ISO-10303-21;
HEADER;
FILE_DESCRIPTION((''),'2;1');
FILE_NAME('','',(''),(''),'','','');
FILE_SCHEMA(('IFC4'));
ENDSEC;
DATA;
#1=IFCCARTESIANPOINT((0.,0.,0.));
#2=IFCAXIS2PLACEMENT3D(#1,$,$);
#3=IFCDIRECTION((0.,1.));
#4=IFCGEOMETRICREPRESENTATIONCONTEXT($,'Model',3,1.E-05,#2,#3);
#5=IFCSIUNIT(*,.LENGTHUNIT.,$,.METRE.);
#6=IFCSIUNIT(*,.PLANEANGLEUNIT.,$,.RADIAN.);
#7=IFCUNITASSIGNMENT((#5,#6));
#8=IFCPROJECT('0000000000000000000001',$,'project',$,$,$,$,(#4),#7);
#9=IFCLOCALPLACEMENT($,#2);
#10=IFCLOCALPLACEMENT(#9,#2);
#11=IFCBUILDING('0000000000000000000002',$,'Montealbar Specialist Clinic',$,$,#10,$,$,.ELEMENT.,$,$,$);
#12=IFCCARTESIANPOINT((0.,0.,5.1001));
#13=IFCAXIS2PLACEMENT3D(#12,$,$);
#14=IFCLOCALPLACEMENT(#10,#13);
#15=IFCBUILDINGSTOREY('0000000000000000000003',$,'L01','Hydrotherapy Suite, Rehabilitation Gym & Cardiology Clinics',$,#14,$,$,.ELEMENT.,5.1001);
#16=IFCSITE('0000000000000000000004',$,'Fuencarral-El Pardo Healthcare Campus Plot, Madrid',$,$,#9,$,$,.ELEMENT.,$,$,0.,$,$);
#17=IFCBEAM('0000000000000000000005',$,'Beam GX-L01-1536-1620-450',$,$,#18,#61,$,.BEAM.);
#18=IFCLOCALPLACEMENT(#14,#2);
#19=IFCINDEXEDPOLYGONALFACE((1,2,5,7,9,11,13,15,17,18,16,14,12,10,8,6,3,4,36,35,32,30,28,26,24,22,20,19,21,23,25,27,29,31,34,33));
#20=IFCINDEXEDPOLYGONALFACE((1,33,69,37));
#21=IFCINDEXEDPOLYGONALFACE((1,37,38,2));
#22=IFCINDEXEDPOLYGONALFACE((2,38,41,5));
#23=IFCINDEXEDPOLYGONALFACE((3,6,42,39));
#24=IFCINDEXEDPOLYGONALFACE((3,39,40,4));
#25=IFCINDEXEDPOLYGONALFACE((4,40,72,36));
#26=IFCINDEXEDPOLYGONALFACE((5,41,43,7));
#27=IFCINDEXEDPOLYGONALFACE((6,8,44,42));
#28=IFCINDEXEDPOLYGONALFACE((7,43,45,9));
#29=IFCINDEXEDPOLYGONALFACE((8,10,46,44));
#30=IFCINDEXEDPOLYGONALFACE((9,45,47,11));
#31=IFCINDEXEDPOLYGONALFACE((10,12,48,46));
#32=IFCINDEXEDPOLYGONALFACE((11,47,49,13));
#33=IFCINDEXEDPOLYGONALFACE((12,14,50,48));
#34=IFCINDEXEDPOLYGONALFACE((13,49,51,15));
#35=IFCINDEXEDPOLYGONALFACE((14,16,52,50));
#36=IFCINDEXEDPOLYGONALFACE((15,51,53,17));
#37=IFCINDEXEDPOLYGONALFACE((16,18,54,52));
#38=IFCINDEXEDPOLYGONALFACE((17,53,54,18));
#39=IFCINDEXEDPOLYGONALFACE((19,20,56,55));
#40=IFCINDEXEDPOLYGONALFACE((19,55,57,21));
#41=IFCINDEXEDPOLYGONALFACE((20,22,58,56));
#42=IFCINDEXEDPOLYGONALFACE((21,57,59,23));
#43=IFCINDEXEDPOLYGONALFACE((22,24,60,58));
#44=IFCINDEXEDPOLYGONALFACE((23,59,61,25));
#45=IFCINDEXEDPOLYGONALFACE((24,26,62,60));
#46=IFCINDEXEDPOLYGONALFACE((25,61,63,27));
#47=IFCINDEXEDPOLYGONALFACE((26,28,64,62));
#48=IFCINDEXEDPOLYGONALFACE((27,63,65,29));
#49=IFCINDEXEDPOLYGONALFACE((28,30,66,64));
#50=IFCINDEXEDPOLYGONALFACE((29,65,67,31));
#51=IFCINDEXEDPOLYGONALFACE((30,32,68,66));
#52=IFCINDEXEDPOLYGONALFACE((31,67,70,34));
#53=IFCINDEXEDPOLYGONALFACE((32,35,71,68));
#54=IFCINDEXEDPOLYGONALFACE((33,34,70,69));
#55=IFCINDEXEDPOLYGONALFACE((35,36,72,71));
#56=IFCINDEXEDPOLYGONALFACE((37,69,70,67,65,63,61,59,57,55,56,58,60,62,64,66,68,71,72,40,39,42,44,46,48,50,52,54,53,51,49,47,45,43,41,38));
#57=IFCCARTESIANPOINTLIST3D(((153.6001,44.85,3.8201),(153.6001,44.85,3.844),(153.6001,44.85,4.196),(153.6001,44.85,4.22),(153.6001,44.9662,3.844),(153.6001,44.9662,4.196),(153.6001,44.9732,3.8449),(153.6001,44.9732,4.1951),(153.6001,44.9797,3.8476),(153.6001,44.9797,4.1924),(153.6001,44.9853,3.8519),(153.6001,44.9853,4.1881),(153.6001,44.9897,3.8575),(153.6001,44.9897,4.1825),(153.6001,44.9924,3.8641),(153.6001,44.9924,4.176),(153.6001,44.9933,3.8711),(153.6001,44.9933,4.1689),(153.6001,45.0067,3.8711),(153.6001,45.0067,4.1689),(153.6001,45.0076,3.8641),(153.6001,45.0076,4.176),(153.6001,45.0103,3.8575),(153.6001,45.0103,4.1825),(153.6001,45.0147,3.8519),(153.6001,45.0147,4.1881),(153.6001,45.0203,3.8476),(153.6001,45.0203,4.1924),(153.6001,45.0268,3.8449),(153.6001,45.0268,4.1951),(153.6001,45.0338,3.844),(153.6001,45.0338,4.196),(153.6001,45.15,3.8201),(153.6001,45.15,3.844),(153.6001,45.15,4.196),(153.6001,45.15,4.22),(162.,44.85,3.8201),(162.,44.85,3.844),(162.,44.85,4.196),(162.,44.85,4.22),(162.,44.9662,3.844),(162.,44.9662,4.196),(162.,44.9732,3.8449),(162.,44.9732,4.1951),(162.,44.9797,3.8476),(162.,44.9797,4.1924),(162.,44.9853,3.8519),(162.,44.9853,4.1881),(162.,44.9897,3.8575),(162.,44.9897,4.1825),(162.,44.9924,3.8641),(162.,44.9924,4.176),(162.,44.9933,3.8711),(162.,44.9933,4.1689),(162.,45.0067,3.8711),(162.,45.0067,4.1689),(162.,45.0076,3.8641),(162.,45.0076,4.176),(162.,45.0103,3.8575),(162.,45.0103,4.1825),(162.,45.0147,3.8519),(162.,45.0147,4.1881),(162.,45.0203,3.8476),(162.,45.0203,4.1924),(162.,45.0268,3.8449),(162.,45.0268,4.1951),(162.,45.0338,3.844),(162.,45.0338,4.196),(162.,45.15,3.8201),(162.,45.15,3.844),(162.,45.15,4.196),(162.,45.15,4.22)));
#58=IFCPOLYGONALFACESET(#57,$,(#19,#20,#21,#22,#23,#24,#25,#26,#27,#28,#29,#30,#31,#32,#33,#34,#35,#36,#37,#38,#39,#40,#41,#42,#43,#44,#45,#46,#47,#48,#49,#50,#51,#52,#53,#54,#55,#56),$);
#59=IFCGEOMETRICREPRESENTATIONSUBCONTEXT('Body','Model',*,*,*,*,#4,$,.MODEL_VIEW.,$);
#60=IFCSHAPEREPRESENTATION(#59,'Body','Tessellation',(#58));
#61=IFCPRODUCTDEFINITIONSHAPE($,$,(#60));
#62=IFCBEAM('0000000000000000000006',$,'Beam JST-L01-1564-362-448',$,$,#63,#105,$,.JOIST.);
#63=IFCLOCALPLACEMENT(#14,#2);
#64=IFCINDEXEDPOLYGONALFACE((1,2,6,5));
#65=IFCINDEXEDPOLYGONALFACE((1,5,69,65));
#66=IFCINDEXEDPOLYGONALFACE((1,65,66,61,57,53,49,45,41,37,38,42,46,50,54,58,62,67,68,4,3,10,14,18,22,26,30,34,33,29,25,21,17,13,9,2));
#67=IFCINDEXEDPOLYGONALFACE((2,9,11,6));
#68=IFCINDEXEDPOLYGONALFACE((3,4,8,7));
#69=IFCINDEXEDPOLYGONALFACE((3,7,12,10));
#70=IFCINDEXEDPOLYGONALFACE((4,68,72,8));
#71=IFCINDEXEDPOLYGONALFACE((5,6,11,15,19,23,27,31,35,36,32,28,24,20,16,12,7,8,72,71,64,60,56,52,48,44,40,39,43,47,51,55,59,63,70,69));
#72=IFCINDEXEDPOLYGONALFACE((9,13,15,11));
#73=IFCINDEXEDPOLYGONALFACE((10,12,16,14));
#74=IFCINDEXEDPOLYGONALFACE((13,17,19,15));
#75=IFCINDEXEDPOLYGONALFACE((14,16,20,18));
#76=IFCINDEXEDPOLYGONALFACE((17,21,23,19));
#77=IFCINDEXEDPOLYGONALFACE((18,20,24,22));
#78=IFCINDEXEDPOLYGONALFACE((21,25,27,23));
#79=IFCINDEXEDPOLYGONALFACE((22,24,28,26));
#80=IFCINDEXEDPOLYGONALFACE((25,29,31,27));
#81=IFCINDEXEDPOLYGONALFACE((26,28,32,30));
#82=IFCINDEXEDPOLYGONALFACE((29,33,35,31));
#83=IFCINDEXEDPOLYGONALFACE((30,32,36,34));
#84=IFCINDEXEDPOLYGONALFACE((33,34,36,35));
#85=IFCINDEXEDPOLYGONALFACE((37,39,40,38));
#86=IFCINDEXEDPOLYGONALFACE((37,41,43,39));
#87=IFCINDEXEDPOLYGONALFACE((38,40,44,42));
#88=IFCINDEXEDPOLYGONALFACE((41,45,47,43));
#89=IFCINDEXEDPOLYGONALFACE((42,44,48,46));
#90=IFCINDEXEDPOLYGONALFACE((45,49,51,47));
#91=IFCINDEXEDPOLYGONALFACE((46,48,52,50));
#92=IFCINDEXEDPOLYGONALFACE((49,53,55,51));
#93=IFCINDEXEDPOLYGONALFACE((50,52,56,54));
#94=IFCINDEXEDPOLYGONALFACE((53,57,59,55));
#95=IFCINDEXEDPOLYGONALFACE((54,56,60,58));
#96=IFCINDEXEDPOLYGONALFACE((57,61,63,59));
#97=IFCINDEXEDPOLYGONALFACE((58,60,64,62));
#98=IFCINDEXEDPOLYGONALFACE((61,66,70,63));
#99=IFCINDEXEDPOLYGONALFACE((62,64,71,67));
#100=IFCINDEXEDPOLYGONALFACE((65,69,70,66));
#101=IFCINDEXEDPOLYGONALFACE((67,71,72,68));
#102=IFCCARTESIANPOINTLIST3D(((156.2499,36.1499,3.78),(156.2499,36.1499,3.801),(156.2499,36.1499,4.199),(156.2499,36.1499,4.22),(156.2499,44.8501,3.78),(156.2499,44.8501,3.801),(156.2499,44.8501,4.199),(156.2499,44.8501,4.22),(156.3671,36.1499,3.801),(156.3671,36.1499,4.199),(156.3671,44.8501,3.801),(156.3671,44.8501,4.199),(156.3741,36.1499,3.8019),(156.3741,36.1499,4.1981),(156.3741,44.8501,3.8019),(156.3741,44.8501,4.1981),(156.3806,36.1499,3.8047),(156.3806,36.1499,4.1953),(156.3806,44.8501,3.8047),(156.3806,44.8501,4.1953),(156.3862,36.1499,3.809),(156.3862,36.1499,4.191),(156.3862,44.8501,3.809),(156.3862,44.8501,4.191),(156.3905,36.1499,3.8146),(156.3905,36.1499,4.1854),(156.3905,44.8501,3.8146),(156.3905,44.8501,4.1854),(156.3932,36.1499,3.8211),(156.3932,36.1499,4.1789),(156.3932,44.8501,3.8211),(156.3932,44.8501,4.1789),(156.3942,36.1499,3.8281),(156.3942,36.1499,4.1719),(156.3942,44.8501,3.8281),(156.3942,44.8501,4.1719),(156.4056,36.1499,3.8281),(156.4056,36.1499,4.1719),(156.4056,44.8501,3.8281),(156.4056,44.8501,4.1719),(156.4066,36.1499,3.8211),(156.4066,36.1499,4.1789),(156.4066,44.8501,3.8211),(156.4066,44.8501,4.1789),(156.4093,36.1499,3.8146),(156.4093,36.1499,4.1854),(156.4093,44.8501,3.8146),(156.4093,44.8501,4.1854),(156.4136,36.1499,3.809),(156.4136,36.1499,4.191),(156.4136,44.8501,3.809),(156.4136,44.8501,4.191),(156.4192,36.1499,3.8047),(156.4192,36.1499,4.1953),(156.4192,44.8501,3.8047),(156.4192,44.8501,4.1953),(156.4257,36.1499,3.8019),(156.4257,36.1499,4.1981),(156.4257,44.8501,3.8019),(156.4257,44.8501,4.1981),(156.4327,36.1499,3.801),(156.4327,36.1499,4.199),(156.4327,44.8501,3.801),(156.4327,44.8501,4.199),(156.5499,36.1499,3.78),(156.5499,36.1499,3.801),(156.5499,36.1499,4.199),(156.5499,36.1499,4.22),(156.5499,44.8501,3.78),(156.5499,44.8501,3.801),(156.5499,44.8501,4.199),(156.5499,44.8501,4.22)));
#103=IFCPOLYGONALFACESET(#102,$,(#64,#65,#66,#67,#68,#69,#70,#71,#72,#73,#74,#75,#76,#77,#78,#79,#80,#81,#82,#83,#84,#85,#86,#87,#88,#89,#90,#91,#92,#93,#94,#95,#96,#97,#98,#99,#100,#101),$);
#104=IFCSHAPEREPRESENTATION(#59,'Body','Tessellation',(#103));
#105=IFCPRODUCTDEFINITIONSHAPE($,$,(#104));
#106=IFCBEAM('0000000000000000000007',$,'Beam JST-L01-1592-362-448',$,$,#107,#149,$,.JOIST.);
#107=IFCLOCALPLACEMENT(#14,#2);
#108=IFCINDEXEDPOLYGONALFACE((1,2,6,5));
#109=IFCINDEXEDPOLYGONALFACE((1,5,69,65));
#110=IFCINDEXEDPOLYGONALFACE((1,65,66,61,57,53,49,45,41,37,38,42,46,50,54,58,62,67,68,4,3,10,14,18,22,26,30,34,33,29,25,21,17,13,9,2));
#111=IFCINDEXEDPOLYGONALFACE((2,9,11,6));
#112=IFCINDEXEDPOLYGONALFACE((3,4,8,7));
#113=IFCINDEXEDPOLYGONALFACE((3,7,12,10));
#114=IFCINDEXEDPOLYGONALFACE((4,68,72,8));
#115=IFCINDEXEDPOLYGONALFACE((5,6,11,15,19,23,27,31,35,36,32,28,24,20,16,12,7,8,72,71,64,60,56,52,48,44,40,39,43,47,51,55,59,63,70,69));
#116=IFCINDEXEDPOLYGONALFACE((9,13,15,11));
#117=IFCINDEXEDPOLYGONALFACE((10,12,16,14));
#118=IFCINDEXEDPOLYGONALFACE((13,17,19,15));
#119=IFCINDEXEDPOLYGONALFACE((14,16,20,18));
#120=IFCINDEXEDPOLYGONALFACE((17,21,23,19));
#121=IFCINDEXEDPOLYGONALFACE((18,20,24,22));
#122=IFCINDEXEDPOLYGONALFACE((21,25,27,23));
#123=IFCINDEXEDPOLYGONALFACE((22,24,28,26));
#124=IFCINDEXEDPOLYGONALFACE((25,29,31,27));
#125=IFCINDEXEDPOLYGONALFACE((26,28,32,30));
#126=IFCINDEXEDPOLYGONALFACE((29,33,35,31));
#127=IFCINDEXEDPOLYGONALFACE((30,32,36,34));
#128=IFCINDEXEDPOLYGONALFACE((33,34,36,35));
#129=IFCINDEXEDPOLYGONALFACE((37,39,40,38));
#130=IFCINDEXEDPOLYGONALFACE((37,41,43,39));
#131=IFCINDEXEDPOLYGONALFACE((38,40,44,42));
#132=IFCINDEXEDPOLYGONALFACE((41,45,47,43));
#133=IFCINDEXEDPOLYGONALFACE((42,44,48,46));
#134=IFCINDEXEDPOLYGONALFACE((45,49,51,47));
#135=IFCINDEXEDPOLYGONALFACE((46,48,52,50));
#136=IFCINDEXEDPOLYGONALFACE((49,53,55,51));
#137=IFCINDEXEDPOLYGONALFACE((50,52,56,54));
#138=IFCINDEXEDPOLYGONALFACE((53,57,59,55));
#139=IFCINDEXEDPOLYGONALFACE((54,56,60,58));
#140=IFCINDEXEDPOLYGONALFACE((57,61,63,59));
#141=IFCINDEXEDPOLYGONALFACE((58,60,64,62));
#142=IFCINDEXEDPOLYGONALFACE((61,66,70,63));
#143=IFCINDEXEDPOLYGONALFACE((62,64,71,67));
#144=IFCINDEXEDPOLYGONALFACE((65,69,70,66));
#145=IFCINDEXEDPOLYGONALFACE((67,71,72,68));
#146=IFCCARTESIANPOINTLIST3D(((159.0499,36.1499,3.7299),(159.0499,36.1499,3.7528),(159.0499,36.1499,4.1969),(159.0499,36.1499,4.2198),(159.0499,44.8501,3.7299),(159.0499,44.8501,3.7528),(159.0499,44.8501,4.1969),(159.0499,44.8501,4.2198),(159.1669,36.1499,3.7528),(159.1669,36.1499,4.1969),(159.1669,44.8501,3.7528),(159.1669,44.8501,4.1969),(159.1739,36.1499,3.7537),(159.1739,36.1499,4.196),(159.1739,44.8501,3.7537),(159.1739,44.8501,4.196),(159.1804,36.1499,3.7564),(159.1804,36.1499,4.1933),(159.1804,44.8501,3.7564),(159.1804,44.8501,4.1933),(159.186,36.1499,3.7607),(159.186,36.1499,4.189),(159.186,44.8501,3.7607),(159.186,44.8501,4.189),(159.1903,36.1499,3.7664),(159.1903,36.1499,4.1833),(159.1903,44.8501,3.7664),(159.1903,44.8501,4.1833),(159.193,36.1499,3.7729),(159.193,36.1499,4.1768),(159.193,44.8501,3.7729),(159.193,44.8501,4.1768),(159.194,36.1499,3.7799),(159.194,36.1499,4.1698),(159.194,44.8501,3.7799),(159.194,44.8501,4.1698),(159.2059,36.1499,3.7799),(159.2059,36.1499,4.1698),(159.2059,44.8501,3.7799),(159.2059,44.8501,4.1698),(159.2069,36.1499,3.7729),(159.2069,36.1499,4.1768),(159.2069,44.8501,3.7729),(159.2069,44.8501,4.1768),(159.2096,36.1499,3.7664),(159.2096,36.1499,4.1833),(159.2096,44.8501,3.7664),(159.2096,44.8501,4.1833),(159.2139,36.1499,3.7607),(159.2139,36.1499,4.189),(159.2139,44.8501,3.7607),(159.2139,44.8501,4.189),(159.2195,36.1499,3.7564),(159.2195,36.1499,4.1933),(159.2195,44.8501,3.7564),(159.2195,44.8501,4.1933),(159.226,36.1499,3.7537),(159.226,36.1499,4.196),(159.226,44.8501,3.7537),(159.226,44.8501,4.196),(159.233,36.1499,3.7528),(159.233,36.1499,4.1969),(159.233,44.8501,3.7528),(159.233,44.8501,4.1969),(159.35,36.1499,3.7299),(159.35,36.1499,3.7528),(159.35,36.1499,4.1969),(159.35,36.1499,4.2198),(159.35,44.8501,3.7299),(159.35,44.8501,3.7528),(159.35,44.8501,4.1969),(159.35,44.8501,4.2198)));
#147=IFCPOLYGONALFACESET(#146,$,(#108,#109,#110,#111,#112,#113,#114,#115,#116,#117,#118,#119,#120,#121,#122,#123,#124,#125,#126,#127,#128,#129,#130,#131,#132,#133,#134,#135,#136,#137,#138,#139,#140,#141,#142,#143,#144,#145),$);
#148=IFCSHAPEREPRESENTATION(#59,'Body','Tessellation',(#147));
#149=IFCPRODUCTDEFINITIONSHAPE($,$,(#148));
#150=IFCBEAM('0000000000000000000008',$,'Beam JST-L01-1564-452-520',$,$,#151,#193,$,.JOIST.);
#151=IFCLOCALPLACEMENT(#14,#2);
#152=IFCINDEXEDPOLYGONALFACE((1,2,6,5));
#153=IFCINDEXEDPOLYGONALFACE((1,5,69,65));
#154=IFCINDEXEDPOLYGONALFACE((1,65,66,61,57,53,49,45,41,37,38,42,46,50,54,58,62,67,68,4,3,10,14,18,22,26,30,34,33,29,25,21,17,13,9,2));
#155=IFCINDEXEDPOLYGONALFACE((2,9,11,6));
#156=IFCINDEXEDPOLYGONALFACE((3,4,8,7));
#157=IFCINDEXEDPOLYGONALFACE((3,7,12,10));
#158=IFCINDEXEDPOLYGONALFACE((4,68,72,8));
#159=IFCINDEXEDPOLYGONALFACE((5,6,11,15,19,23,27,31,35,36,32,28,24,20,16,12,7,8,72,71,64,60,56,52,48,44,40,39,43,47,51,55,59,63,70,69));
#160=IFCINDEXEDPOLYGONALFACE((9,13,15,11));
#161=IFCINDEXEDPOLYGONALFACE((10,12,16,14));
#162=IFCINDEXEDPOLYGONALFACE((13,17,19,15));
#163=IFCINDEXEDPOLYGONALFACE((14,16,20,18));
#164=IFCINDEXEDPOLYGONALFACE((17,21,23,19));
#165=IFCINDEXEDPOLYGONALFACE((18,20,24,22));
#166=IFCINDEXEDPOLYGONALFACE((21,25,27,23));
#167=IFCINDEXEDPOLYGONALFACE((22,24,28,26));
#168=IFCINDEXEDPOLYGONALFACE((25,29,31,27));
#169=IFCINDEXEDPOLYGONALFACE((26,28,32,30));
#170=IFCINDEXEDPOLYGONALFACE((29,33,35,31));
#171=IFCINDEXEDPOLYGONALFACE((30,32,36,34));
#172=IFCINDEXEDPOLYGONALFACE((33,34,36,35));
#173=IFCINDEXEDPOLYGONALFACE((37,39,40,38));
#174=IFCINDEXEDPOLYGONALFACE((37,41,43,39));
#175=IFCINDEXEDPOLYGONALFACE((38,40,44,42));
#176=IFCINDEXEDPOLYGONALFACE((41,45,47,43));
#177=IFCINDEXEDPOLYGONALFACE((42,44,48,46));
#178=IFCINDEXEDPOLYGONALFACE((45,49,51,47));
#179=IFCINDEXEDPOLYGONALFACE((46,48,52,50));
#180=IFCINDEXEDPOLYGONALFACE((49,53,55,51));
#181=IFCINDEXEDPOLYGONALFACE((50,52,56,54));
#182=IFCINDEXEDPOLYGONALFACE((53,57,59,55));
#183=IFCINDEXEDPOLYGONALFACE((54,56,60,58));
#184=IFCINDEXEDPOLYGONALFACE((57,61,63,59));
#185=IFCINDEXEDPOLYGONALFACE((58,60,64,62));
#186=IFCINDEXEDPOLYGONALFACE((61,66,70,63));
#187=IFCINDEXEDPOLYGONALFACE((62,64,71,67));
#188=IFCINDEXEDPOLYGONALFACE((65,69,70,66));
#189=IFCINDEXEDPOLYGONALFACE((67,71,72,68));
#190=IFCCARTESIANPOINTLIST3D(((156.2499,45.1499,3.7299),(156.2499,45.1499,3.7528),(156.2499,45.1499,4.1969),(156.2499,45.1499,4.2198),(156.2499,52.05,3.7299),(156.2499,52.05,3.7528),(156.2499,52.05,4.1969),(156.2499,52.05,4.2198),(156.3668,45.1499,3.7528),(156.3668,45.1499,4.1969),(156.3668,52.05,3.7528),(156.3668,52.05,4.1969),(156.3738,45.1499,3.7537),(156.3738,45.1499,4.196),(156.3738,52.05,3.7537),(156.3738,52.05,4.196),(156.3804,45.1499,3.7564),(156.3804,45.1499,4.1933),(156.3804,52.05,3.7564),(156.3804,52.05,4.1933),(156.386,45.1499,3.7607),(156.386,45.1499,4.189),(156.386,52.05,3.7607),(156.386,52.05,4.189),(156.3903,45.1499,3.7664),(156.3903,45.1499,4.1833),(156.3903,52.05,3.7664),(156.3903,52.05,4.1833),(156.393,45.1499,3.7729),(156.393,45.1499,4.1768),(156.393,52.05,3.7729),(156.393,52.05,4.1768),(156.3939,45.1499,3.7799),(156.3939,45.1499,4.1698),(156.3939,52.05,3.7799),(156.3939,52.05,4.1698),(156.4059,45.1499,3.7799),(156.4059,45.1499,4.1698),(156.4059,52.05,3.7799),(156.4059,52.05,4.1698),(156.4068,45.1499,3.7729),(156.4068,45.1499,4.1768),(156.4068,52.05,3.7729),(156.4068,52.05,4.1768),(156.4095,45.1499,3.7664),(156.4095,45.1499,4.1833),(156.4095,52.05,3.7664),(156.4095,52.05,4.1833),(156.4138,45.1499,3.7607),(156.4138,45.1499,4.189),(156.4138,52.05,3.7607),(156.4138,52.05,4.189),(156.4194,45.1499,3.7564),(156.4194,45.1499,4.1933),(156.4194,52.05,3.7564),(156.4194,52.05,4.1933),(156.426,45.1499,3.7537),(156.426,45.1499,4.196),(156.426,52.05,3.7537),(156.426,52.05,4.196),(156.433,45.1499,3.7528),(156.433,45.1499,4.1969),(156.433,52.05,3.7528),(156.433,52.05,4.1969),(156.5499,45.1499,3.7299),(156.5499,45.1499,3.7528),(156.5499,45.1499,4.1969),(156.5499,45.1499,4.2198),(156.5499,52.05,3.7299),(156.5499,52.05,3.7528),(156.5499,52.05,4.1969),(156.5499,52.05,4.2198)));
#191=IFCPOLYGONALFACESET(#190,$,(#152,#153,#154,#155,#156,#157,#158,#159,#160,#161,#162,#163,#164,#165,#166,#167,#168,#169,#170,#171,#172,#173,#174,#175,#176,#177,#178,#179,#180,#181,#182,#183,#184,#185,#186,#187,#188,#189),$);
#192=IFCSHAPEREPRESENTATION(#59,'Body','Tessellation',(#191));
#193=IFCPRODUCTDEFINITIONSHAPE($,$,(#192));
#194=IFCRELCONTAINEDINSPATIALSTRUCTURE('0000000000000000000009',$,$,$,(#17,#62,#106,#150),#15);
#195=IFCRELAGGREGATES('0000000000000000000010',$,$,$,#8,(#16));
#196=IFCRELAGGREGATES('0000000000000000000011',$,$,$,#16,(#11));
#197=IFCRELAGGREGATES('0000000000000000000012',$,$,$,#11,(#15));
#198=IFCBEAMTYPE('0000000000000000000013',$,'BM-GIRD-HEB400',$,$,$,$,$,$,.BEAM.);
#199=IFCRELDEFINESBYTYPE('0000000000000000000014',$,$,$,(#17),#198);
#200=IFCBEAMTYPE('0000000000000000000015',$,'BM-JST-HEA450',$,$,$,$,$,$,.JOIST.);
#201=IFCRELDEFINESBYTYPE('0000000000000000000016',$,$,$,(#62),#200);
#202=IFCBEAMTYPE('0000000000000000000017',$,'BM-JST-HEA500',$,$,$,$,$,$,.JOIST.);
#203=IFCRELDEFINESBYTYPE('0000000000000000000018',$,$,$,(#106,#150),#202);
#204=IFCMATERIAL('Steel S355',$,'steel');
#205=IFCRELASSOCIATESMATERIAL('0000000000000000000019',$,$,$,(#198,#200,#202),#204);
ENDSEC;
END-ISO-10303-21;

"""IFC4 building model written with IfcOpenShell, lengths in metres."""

from ifc_helpers import new_model, si_unit, direction, frame, origin, origin_2d, place, context, subcontext, project, spatial, i_section, extrude, material, material_profile, profile_set, type_object, element, save


model = new_model("IFC4")

# Units and contexts
model_context = context("Model", 3, precision=1e-05, world=origin(), true_north=direction((0.0, 1.0)))
body_context = subcontext(model_context, "Body", "Model", "MODEL_VIEW")
ifc_project = project(units=[si_unit("LENGTHUNIT", "METRE"), si_unit("PLANEANGLEUNIT", "RADIAN")], contexts=[model_context])

# Site, building, storey
site_placement = place(None, origin())
site = spatial("IfcSite", under=ifc_project, at=site_placement, Name="Fuencarral-El Pardo Healthcare Campus Plot, Madrid", CompositionType="ELEMENT", RefElevation=0.0)
building_placement = place(site_placement, origin())
building = spatial("IfcBuilding", under=site, at=building_placement, Name="Montealbar Specialist Clinic", CompositionType="ELEMENT")
storey_placement = place(building_placement, frame((0.0, 0.0, 5.1001)))
storey = spatial("IfcBuildingStorey", under=building, at=storey_placement, Name="L01", Description="Hydrotherapy Suite, Rehabilitation Gym & Cardiology Clinics", CompositionType="ELEMENT", Elevation=5.1001)

# Shared definitions
ifc_material_1 = material(Name="Steel S355", Category="steel")

# Beams
ifc_material_profile_1 = material_profile(ifc_material_1, i_section(OverallWidth=0.3, OverallDepth=0.3999, WebThickness=0.0134, FlangeThickness=0.0239, FilletRadius=0.0271, at=origin_2d()), Name="HEB 400", Category="steel")
ifc_profile_set_1 = profile_set([ifc_material_profile_1], Name="Steel S355")
beam_type_1 = type_object("IfcBeamType", Name="BM-GIRD-HEB400", PredefinedType="BEAM", material=ifc_profile_set_1)
beam_1_placement = place(storey_placement, frame((153.6001, 45.0, 4.02), z_axis=(1.0, 0.0, 0.0), x_axis=(0.0, 1.0, 0.0)))
element("IfcBeam", 1, at=beam_1_placement, inside=storey, type_object=beam_type_1, Name="Beam GX-L01-1536-1620-450", PredefinedType="BEAM", context=body_context, shape_type="SweptSolid", body=[
    extrude(i_section(OverallWidth=0.3, OverallDepth=0.3999, WebThickness=0.0134, FlangeThickness=0.0239, FilletRadius=0.0271, at=origin_2d()), origin(), (0.0, 0.0, 1.0), 8.3999),
])
ifc_material_profile_2 = material_profile(ifc_material_1, i_section(OverallWidth=0.3, OverallDepth=0.4399, WebThickness=0.0115, FlangeThickness=0.021, FilletRadius=0.0271, at=origin_2d()), Name="HEA 450", Category="steel")
ifc_profile_set_2 = profile_set([ifc_material_profile_2], Name="Steel S355")
beam_type_2 = type_object("IfcBeamType", Name="BM-JST-HEA450", PredefinedType="JOIST", material=ifc_profile_set_2)
beam_2_placement = place(storey_placement, frame((156.3999, 36.1499, 4.0), z_axis=(0.0, 1.0, 0.0), x_axis=(-1.0, 0.0, 0.0)))
element("IfcBeam", 2, at=beam_2_placement, inside=storey, type_object=beam_type_2, Name="Beam JST-L01-1564-362-448", PredefinedType="JOIST", context=body_context, shape_type="SweptSolid", body=[
    extrude(i_section(OverallWidth=0.3, OverallDepth=0.4399, WebThickness=0.0115, FlangeThickness=0.021, FilletRadius=0.0271, at=origin_2d()), origin(), (0.0, 0.0, 1.0), 8.7002),
])
ifc_material_profile_3 = material_profile(ifc_material_1, i_section(OverallWidth=0.3, OverallDepth=0.49, WebThickness=0.012, FlangeThickness=0.0229, FilletRadius=0.0271, at=origin_2d()), Name="HEA 500", Category="steel")
ifc_profile_set_3 = profile_set([ifc_material_profile_3], Name="Steel S355")
beam_type_3 = type_object("IfcBeamType", Name="BM-JST-HEA500", PredefinedType="JOIST", material=ifc_profile_set_3)
beam_3_placement = place(storey_placement, frame((159.2, 36.1499, 3.9749), z_axis=(0.0, 1.0, 0.0), x_axis=(-1.0, 0.0, 0.0)))
element("IfcBeam", 3, at=beam_3_placement, inside=storey, type_object=beam_type_3, Name="Beam JST-L01-1592-362-448", PredefinedType="JOIST", context=body_context, shape_type="SweptSolid", body=[
    extrude(i_section(OverallWidth=0.3, OverallDepth=0.49, WebThickness=0.012, FlangeThickness=0.0229, FilletRadius=0.0271, at=origin_2d()), origin(), (0.0, 0.0, 1.0), 8.7002),
])
beam_4_placement = place(storey_placement, frame((156.3999, 45.1499, 3.9749), z_axis=(0.0, 1.0, 0.0), x_axis=(-1.0, 0.0, 0.0)))
element("IfcBeam", 4, at=beam_4_placement, inside=storey, type_object=beam_type_3, Name="Beam JST-L01-1564-452-520", PredefinedType="JOIST", context=body_context, shape_type="SweptSolid", body=[
    extrude(i_section(OverallWidth=0.3, OverallDepth=0.49, WebThickness=0.012, FlangeThickness=0.0229, FilletRadius=0.0271, at=origin_2d()), origin(), (0.0, 0.0, 1.0), 6.9001),
])

save(model, "model.ifc")
